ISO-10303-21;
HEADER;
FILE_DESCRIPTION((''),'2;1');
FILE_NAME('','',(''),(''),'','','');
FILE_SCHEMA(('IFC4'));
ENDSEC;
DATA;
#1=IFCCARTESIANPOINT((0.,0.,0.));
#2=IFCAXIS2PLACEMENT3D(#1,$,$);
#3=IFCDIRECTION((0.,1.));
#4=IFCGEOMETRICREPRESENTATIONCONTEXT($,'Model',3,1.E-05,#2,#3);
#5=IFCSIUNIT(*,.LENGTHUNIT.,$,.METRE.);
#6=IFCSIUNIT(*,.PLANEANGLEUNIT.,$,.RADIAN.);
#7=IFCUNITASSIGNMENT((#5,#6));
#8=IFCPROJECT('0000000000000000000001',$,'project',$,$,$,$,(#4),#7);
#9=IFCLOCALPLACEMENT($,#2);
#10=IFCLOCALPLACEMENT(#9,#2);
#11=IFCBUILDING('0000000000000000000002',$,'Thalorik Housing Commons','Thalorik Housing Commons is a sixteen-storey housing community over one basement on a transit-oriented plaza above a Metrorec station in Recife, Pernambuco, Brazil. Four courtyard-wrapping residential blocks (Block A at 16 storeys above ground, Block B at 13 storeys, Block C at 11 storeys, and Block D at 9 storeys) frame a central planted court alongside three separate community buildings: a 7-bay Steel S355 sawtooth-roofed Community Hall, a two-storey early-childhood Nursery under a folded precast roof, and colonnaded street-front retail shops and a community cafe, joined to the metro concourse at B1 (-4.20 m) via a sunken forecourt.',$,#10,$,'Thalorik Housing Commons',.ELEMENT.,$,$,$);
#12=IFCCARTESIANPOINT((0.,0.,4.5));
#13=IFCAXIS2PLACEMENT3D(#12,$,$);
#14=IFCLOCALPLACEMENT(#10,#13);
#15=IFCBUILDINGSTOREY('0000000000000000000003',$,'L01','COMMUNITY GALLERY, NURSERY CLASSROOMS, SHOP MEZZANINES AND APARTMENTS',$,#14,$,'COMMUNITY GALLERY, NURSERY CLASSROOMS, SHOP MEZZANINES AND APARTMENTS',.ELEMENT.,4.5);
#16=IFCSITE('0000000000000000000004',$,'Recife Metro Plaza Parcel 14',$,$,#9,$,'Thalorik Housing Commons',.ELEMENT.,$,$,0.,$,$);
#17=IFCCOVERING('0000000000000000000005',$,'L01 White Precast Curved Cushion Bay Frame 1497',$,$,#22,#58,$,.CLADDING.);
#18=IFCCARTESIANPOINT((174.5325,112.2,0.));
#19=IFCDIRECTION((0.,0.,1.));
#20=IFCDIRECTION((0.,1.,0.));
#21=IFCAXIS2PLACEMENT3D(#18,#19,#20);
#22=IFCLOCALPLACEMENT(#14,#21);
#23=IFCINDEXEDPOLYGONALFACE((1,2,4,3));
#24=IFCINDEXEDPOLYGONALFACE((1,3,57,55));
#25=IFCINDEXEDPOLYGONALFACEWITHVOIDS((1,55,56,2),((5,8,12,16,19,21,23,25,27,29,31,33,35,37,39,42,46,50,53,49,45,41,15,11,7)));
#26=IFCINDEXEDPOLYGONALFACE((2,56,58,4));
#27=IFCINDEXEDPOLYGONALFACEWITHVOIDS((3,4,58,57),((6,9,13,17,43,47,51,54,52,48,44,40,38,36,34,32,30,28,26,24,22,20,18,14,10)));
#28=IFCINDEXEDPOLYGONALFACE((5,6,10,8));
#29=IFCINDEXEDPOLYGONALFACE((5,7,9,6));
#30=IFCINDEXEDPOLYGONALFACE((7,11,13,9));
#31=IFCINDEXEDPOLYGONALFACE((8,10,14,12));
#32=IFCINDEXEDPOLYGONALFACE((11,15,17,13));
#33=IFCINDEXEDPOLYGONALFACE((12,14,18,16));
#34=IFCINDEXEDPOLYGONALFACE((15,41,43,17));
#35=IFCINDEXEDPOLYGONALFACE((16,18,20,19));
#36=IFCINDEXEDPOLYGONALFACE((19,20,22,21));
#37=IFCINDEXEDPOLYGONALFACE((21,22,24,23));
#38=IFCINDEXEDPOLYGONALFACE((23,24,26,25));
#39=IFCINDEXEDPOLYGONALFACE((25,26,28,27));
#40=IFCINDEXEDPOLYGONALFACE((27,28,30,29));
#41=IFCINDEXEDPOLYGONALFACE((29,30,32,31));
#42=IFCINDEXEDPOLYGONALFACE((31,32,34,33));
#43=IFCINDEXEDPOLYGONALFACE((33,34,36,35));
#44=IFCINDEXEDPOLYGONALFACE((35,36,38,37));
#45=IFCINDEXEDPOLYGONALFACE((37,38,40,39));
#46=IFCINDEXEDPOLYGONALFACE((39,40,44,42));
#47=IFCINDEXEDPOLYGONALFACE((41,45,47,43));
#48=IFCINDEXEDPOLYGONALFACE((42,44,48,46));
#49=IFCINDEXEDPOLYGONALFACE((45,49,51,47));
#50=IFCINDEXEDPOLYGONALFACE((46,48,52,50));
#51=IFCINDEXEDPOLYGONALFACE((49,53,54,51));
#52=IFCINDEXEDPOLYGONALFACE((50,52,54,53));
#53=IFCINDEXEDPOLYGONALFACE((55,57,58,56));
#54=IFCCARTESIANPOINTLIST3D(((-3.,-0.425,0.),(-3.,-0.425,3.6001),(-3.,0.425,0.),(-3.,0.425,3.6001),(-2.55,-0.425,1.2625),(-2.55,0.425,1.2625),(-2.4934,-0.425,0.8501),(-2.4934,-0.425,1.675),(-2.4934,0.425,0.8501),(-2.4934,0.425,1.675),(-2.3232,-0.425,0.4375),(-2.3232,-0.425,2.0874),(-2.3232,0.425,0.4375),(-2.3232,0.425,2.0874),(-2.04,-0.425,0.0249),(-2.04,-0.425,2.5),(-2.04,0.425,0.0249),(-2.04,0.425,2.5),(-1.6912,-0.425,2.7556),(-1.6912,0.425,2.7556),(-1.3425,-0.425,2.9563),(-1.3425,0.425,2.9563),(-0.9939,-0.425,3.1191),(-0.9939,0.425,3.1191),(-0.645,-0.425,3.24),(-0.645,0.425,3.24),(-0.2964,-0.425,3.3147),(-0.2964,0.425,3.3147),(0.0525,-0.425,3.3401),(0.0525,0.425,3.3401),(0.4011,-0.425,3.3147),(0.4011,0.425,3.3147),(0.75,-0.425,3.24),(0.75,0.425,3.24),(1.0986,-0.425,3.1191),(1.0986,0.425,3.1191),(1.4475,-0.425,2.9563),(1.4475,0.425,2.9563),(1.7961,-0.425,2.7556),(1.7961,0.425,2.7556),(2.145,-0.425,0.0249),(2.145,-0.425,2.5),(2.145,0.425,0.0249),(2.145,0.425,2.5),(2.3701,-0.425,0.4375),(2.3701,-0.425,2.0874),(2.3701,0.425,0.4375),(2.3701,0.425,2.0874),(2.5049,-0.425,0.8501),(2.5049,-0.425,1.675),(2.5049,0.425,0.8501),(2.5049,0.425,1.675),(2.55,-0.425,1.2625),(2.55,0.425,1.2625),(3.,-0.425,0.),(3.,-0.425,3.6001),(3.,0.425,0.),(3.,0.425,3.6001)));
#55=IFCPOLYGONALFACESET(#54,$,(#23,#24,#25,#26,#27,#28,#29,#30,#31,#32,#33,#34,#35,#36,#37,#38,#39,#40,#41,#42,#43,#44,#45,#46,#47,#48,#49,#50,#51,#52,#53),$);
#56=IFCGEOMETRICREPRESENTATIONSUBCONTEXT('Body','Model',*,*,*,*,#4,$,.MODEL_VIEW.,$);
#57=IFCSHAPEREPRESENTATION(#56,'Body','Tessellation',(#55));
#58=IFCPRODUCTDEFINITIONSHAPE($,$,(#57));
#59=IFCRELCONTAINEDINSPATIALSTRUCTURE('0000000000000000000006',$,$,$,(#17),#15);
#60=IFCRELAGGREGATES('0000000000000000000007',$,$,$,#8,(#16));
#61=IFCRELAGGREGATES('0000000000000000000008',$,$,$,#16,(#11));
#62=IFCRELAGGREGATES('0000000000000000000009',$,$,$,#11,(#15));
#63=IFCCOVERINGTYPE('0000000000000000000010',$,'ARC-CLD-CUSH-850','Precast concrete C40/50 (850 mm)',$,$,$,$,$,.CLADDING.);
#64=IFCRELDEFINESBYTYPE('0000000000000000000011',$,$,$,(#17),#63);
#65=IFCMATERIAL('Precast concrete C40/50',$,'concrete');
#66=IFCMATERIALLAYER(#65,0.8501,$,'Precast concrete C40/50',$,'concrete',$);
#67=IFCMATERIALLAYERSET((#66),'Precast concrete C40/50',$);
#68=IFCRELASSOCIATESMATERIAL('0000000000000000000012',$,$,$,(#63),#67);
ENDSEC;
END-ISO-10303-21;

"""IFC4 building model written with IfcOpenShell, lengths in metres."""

from ifc_helpers import new_model, si_unit, direction, frame, origin, place, context, subcontext, project, spatial, polyline, outline, extrude, material, layer, layer_set, type_object, element, save


model = new_model("IFC4")

# Units and contexts
model_context = context("Model", 3, precision=1e-05, world=origin(), true_north=direction((0.0, 1.0)))
body_context = subcontext(model_context, "Body", "Model", "MODEL_VIEW")
ifc_project = project(units=[si_unit("LENGTHUNIT", "METRE"), si_unit("PLANEANGLEUNIT", "RADIAN")], contexts=[model_context])

# Site, building, storey
site_placement = place(None, origin())
site = spatial("IfcSite", under=ifc_project, at=site_placement, Name="Recife Metro Plaza Parcel 14", LongName="Thalorik Housing Commons", CompositionType="ELEMENT", RefElevation=0.0)
building_placement = place(site_placement, origin())
building = spatial("IfcBuilding", under=site, at=building_placement, Name="Thalorik Housing Commons", Description="Thalorik Housing Commons is a sixteen-storey housing community over one basement on a transit-oriented plaza above a Metrorec station in Recife, Pernambuco, Brazil. Four courtyard-wrapping residential blocks (Block A at 16 storeys above ground, Block B at 13 storeys, Block C at 11 storeys, and Block D at 9 storeys) frame a central planted court alongside three separate community buildings: a 7-bay Steel S355 sawtooth-roofed Community Hall, a two-storey early-childhood Nursery under a folded precast roof, and colonnaded street-front retail shops and a community cafe, joined to the metro concourse at B1 (-4.20 m) via a sunken forecourt.", LongName="Thalorik Housing Commons", CompositionType="ELEMENT")
storey_placement = place(building_placement, frame((0.0, 0.0, 4.5)))
storey = spatial("IfcBuildingStorey", under=building, at=storey_placement, Name="L01", Description="COMMUNITY GALLERY, NURSERY CLASSROOMS, SHOP MEZZANINES AND APARTMENTS", LongName="COMMUNITY GALLERY, NURSERY CLASSROOMS, SHOP MEZZANINES AND APARTMENTS", CompositionType="ELEMENT", Elevation=4.5)

# Shared definitions
ifc_material_1 = material(Name="Precast concrete C40/50", Category="concrete")

# Covering
ifc_layer_1 = layer(ifc_material_1, 0.8501, Name="Precast concrete C40/50", Category="concrete")
ifc_layer_set_1 = layer_set([ifc_layer_1], Name="Precast concrete C40/50")
covering_type_1 = type_object("IfcCoveringType", Name="ARC-CLD-CUSH-850", Description="Precast concrete C40/50 (850 mm)", PredefinedType="CLADDING", material=ifc_layer_set_1)
covering_1_placement = place(storey_placement, frame((174.5325, 112.2, 0.0), z_axis=(0.0, 0.0, 1.0), x_axis=(0.0, 1.0, 0.0)))
element("IfcCovering", 1, at=covering_1_placement, inside=storey, type_object=covering_type_1, Name="L01 White Precast Curved Cushion Bay Frame 1497", PredefinedType="CLADDING", context=body_context, shape_type="SweptSolid", body=[
    extrude(outline(polyline([(-3.0, 0.0), (3.0, 0.0), (3.0, 3.6001), (-3.0, 3.6001), (-3.0, 0.0)]), holes=[polyline([(2.145, 0.0249), (2.3701, 0.4375), (2.5049, 0.8501), (2.55, 1.2625), (2.5049, 1.675), (2.3701, 2.0874), (2.145, 2.5), (1.7961, 2.7556), (1.4475, 2.9563), (1.0986, 3.1191), (0.75, 3.24), (0.4011, 3.3147), (0.0525, 3.3401), (-0.2964, 3.3147), (-0.645, 3.24), (-0.9939, 3.1191), (-1.3425, 2.9563), (-1.6912, 2.7556), (-2.04, 2.5), (-2.3232, 2.0874), (-2.4934, 1.675), (-2.55, 1.2625), (-2.4934, 0.8501), (-2.3232, 0.4375), (-2.04, 0.0249), (2.145, 0.0249)])]), frame((0.0, 0.425, 0.0), z_axis=(0.0, -1.0, 0.0), x_axis=(1.0, 0.0, 0.0)), (0.0, 0.0, 1.0), 0.8501),
])

save(model, "model.ifc")
